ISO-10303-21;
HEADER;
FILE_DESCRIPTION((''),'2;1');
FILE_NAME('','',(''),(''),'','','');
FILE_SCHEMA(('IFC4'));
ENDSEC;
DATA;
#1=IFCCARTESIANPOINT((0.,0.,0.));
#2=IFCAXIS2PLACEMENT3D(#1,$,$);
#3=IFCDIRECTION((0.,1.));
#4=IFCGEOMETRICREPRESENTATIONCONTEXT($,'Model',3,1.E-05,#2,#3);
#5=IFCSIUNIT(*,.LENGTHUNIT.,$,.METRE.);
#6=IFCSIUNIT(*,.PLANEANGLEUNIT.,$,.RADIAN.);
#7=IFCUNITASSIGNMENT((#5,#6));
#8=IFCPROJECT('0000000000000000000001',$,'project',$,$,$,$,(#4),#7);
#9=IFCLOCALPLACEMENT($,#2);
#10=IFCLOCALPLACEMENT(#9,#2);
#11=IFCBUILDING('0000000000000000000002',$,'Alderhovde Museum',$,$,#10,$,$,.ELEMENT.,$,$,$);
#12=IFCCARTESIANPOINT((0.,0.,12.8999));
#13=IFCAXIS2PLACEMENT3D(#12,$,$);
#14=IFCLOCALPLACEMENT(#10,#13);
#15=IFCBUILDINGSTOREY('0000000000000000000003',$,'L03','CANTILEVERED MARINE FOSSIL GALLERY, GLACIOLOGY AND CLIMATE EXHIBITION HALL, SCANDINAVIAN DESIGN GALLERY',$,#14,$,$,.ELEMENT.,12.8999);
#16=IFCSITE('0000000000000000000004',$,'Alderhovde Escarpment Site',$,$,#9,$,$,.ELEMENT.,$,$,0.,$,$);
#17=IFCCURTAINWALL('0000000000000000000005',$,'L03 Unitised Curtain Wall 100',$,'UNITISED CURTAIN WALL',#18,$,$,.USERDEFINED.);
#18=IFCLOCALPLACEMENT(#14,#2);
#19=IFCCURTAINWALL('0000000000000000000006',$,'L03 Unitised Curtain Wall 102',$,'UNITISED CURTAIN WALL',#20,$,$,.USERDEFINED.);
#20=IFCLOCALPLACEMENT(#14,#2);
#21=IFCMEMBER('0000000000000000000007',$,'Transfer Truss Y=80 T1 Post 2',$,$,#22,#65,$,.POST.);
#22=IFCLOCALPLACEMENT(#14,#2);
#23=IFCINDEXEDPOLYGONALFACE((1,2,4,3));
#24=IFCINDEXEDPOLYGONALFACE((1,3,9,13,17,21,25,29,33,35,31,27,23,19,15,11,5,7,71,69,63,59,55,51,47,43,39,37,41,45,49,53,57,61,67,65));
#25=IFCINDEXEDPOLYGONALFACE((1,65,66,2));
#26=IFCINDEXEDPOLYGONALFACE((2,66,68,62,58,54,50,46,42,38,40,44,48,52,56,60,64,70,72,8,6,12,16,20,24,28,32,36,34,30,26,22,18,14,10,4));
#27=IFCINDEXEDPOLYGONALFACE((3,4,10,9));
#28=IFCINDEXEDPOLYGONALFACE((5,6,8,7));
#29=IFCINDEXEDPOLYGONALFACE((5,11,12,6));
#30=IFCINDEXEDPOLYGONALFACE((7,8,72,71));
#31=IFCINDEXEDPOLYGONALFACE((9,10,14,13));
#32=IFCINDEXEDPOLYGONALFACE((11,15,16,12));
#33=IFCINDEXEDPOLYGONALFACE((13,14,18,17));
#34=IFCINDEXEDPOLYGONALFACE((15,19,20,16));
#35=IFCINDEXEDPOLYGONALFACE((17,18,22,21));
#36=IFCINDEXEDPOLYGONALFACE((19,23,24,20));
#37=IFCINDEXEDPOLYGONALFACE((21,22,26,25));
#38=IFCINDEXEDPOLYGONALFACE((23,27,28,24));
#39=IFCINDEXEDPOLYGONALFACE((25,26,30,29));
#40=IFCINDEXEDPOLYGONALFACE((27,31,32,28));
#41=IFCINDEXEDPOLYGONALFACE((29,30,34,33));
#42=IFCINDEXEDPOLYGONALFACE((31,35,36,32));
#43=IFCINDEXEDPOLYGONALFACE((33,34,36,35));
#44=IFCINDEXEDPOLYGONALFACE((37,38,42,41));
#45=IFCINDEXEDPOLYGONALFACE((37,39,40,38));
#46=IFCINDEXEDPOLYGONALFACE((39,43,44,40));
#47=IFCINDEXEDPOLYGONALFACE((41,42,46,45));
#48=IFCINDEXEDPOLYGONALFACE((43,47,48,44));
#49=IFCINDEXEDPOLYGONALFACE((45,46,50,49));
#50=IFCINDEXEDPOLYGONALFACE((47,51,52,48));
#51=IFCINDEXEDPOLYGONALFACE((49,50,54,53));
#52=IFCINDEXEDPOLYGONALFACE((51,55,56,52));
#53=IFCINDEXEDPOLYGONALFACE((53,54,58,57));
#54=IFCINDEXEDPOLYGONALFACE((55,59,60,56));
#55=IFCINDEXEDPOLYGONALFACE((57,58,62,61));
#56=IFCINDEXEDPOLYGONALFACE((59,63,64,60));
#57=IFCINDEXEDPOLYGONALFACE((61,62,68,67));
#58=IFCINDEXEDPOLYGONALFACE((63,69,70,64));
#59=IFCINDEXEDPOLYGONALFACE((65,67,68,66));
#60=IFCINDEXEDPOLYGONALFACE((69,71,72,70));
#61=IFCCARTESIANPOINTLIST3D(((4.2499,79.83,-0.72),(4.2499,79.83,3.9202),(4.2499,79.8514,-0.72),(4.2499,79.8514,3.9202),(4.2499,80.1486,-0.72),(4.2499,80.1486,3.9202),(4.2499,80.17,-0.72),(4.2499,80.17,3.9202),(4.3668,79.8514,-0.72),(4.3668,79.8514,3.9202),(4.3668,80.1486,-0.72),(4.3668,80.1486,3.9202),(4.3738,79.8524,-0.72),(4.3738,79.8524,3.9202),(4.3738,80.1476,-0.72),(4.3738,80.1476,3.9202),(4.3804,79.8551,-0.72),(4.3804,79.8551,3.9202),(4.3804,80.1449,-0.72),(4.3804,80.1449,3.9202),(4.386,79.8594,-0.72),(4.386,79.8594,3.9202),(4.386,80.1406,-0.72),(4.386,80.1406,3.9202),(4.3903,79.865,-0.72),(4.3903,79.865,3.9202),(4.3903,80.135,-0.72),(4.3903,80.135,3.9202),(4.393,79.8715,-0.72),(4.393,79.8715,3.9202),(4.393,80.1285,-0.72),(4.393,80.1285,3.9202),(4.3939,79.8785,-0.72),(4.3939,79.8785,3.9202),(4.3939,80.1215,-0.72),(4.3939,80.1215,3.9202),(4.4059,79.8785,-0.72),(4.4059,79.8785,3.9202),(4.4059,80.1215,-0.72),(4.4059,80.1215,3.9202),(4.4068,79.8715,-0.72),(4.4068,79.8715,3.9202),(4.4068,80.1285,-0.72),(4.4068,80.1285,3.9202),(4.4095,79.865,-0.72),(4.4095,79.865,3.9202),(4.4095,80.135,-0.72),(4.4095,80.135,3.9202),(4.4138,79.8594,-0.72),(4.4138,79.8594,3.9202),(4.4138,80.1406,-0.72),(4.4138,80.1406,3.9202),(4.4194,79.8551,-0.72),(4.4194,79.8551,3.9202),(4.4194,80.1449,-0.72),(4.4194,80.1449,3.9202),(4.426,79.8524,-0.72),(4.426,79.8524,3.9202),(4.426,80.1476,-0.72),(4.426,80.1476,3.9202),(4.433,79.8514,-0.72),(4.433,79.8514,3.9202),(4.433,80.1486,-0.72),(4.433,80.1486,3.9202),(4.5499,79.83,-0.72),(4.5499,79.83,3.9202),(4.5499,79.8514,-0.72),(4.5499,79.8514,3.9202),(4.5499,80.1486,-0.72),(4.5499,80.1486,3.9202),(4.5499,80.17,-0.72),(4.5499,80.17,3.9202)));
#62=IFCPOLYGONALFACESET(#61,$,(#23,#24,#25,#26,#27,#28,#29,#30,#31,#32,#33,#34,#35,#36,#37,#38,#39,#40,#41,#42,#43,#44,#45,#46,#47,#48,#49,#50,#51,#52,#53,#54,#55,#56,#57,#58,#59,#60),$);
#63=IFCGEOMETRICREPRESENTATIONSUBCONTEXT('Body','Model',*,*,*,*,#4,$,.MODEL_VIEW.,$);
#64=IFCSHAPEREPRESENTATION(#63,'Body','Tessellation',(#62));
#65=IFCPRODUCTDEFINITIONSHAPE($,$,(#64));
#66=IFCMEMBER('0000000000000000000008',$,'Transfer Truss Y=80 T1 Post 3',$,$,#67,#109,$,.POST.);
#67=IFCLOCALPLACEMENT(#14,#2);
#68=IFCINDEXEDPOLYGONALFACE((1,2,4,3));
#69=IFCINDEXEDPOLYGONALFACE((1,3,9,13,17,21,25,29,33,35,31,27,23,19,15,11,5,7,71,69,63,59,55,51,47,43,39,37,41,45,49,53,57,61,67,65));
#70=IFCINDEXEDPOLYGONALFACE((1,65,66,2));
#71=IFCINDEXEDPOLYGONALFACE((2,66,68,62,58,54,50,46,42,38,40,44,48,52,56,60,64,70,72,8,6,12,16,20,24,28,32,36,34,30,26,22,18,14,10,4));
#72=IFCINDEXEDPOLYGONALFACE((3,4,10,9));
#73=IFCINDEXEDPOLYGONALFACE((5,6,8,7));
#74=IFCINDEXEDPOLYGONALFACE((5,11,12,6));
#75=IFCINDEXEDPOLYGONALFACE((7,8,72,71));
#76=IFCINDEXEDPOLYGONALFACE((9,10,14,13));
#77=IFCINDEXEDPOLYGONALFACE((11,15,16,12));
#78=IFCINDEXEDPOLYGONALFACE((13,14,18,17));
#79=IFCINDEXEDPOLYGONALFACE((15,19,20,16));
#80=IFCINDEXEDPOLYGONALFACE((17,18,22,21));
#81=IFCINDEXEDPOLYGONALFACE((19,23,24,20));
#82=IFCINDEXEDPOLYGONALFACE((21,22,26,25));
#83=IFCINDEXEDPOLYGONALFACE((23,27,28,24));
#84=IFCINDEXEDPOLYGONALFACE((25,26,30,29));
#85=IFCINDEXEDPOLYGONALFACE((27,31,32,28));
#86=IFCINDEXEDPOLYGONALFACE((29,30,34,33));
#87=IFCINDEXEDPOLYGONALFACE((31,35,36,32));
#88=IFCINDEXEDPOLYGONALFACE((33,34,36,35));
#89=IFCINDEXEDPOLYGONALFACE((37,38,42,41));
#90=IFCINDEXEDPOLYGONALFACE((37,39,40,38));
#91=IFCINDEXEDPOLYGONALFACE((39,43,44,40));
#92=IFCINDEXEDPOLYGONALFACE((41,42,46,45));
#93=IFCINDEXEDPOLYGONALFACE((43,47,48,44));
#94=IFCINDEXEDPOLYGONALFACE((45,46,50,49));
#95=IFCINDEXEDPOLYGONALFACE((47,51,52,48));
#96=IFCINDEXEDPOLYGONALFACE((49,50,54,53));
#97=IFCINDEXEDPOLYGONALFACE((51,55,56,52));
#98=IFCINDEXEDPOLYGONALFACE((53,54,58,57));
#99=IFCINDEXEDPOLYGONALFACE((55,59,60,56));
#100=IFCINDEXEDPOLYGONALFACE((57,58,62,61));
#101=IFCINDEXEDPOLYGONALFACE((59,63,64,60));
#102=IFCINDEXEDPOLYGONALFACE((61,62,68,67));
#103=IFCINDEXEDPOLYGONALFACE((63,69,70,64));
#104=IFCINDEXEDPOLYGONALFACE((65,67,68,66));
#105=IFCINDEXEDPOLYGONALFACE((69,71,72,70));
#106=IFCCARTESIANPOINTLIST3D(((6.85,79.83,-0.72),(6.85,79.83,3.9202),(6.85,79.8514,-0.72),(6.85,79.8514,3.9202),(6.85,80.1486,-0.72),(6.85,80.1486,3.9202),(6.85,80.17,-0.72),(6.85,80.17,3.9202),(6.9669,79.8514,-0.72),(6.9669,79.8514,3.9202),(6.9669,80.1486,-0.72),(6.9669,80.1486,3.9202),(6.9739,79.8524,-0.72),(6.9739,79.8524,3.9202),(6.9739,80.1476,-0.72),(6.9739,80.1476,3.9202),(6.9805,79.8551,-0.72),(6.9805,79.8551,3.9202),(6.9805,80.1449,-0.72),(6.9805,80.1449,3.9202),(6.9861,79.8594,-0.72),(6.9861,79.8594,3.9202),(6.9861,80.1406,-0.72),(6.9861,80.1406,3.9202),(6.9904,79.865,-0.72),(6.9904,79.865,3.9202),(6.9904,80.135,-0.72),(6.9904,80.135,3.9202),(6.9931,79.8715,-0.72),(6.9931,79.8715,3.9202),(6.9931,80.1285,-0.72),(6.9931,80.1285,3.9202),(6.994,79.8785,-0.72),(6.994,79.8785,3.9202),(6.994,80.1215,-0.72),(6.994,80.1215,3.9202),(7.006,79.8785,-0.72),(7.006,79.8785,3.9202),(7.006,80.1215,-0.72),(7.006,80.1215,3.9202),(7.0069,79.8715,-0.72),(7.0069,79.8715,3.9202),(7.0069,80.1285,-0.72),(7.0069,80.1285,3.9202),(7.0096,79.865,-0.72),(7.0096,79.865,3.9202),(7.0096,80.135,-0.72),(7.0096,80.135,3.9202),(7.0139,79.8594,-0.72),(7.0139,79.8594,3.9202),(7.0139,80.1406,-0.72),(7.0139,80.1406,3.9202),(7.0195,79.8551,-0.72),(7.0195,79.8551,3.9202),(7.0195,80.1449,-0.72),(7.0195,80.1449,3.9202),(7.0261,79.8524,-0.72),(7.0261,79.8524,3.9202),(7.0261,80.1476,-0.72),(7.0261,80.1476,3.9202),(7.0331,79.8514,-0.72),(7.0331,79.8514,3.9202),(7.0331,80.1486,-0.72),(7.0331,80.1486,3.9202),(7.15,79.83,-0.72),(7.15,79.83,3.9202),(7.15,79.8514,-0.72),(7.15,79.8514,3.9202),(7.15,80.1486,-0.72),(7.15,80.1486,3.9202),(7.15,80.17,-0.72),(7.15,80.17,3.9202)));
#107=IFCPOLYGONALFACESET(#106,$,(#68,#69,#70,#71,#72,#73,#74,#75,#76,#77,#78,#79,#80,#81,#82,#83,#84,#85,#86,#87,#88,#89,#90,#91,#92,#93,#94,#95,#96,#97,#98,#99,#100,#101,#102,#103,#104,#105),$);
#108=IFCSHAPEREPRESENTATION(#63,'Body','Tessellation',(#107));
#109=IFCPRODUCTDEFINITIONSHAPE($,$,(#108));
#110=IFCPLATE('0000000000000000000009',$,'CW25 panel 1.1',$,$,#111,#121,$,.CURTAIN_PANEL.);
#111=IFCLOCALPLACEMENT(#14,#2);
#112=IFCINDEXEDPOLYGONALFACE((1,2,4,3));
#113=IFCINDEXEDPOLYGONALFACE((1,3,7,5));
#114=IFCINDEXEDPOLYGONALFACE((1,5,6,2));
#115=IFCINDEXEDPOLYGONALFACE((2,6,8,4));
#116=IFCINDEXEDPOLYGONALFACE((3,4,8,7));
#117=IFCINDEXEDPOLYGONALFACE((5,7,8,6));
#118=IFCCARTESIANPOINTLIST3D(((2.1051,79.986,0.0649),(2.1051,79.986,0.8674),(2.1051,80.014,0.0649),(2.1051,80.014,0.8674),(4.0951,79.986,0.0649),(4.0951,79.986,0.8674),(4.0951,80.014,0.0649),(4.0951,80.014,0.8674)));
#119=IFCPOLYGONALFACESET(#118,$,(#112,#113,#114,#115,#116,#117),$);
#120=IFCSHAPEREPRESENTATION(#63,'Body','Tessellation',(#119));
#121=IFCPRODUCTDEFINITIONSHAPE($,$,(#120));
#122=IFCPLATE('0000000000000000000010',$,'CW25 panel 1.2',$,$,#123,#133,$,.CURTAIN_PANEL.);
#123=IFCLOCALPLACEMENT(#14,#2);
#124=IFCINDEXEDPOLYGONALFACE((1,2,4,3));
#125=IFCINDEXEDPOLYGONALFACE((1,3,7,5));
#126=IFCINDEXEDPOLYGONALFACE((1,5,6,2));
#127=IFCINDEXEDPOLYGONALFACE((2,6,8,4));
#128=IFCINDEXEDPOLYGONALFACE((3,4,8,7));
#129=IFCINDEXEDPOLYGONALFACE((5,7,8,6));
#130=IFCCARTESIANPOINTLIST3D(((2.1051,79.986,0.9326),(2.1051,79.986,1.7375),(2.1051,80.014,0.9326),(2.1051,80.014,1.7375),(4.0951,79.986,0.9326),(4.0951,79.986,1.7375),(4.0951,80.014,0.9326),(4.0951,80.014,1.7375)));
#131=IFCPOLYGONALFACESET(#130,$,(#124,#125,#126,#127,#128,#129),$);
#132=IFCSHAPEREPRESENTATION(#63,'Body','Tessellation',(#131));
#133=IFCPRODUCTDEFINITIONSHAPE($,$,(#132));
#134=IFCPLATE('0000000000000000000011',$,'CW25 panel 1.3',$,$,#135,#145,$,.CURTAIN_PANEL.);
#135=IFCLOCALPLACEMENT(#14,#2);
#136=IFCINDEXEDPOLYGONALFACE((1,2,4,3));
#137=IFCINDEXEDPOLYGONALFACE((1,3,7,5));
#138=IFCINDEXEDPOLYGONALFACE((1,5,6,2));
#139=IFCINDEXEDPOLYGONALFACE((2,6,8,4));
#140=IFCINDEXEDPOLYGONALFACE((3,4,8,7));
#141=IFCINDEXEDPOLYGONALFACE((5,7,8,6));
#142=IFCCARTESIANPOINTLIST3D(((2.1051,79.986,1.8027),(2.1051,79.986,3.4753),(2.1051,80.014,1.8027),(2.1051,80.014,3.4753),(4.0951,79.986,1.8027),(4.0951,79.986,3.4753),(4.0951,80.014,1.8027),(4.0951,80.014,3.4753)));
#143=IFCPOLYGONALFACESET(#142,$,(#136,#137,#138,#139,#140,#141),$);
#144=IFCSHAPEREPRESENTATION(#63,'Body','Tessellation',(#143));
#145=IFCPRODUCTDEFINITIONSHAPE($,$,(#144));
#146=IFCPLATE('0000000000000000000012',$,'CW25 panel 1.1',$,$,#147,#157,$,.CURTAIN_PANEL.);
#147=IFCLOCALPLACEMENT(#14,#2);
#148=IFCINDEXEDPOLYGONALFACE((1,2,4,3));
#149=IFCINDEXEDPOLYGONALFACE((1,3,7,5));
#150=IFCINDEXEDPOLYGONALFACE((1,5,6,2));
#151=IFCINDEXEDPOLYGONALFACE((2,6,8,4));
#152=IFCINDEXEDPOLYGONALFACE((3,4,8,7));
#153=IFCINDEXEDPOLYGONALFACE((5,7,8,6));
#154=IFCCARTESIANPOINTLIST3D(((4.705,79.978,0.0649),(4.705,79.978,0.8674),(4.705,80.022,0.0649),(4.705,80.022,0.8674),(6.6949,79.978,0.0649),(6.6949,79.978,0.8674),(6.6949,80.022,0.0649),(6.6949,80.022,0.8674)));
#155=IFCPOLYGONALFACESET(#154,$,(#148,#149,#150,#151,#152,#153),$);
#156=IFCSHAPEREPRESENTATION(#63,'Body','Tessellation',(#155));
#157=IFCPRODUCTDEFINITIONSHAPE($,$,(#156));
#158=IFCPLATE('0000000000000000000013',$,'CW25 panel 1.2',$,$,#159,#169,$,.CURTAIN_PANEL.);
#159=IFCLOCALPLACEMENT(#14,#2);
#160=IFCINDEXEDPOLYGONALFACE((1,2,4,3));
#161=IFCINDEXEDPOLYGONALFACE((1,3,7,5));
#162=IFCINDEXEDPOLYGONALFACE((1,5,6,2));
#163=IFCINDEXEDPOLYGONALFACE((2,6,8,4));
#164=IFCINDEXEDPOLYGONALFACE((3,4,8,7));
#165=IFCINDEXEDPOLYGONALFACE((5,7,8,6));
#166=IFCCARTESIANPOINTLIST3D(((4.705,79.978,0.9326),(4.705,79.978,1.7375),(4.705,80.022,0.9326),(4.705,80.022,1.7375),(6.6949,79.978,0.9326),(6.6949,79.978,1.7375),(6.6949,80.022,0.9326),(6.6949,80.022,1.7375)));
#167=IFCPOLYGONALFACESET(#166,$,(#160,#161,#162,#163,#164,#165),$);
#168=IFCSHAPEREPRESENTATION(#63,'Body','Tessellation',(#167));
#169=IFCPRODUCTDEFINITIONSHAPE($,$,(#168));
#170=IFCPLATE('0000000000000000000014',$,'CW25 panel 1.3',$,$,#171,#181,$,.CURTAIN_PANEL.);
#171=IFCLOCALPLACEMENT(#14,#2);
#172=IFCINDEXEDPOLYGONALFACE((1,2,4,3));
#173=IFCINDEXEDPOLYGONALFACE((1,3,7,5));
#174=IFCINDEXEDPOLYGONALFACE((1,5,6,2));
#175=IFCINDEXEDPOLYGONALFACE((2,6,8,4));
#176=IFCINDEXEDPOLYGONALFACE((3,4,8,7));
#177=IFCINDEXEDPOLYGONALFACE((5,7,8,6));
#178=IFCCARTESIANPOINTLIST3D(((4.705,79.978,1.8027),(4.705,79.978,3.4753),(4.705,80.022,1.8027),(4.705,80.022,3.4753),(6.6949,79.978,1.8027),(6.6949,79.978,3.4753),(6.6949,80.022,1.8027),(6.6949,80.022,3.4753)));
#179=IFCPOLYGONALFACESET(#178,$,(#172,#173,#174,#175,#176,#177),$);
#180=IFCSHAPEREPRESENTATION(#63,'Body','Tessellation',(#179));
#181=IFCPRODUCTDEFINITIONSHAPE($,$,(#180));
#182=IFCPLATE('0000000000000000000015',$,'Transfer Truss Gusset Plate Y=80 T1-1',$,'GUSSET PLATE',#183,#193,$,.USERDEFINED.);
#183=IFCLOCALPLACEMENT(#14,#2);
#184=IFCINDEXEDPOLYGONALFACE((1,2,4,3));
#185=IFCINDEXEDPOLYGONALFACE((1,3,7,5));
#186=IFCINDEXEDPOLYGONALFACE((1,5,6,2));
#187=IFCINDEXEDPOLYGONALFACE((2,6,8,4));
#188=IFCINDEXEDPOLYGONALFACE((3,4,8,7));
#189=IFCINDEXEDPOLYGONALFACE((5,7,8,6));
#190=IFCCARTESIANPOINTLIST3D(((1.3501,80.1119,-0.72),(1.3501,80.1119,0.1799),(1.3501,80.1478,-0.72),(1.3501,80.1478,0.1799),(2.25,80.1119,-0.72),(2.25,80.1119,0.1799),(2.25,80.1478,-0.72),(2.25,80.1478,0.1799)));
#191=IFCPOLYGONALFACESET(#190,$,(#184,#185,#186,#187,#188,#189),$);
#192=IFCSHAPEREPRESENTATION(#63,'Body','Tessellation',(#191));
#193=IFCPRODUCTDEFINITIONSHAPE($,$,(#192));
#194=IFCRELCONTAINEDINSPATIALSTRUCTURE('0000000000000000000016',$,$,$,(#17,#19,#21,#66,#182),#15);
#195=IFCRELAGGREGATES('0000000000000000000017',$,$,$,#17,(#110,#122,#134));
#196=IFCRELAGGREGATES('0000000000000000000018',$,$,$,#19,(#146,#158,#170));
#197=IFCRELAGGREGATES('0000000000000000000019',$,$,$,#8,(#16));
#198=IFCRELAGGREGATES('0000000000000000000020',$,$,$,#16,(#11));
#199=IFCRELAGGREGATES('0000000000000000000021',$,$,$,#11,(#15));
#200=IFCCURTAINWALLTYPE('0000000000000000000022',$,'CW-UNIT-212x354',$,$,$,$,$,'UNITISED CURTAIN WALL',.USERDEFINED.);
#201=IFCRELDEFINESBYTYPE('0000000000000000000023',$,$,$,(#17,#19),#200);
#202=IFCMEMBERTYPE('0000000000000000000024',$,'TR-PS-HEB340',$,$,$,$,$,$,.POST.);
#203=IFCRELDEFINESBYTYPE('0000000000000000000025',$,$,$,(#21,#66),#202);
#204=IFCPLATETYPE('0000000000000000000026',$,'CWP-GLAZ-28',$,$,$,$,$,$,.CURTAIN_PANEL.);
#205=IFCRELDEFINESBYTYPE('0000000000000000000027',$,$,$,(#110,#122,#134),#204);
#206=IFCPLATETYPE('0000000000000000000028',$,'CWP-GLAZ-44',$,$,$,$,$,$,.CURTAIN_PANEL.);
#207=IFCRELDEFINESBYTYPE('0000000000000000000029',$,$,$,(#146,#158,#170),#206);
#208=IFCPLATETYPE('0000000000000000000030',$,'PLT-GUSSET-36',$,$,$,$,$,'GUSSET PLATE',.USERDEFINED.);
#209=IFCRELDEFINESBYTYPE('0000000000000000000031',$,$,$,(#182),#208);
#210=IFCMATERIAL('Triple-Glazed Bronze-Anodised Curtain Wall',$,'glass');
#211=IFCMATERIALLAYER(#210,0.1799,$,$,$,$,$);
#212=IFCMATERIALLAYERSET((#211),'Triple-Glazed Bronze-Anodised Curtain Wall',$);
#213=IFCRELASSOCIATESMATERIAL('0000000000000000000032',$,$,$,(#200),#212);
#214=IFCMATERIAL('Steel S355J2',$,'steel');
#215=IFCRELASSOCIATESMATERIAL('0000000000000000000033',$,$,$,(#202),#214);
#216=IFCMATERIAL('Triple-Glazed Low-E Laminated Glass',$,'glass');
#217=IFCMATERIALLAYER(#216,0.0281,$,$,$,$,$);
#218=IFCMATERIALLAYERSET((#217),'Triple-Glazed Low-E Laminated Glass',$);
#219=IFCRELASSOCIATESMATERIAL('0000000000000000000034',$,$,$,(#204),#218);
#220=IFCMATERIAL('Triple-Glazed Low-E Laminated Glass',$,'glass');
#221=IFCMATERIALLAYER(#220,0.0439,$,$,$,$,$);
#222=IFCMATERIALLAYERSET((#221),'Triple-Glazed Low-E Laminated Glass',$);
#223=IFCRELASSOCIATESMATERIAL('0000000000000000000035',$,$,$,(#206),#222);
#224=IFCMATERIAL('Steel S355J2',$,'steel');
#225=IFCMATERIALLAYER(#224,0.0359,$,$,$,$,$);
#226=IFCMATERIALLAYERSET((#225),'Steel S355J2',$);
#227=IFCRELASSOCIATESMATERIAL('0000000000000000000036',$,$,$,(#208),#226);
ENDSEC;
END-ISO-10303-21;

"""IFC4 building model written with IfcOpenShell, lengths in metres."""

from ifc_helpers import new_model, si_unit, direction, frame, origin, origin_2d, place, context, subcontext, project, spatial, rectangle, i_section, extrude, material, layer, layer_set, material_profile, profile_set, type_object, element, aggregate, save


model = new_model("IFC4")

# Units and contexts
model_context = context("Model", 3, precision=1e-05, world=origin(), true_north=direction((0.0, 1.0)))
body_context = subcontext(model_context, "Body", "Model", "MODEL_VIEW")
ifc_project = project(units=[si_unit("LENGTHUNIT", "METRE"), si_unit("PLANEANGLEUNIT", "RADIAN")], contexts=[model_context])

# Site, building, storey
site_placement = place(None, origin())
site = spatial("IfcSite", under=ifc_project, at=site_placement, Name="Alderhovde Escarpment Site", CompositionType="ELEMENT", RefElevation=0.0)
building_placement = place(site_placement, origin())
building = spatial("IfcBuilding", under=site, at=building_placement, Name="Alderhovde Museum", CompositionType="ELEMENT")
storey_placement = place(building_placement, frame((0.0, 0.0, 12.8999)))
storey = spatial("IfcBuildingStorey", under=building, at=storey_placement, Name="L03", Description="CANTILEVERED MARINE FOSSIL GALLERY, GLACIOLOGY AND CLIMATE EXHIBITION HALL, SCANDINAVIAN DESIGN GALLERY", CompositionType="ELEMENT", Elevation=12.8999)

# Curtain walls
ifc_material_1 = material(Name="Triple-Glazed Bronze-Anodised Curtain Wall", Category="glass")
ifc_layer_1 = layer(ifc_material_1, 0.1799)
ifc_layer_set_1 = layer_set([ifc_layer_1], Name="Triple-Glazed Bronze-Anodised Curtain Wall")
curtain_wall_type = type_object("IfcCurtainWallType", Name="CW-UNIT-212x354", ElementType="UNITISED CURTAIN WALL", PredefinedType="USERDEFINED", material=ifc_layer_set_1)
curtain_wall_1_placement = place(storey_placement, origin())
curtain_wall_1 = element("IfcCurtainWall", 1, at=curtain_wall_1_placement, inside=storey, type_object=curtain_wall_type, Name="L03 Unitised Curtain Wall 100", ObjectType="UNITISED CURTAIN WALL", PredefinedType="USERDEFINED")
curtain_wall_2_placement = place(storey_placement, origin())
curtain_wall_2 = element("IfcCurtainWall", 2, at=curtain_wall_2_placement, inside=storey, type_object=curtain_wall_type, Name="L03 Unitised Curtain Wall 102", ObjectType="UNITISED CURTAIN WALL", PredefinedType="USERDEFINED")

# Members
ifc_material_2 = material(Name="Steel S355J2", Category="steel")
ifc_material_profile_1 = material_profile(ifc_material_2, i_section(OverallWidth=0.3, OverallDepth=0.3401, WebThickness=0.012, FlangeThickness=0.0215, FilletRadius=0.0271, at=origin_2d()), Name="HEB 340")
ifc_profile_set_1 = profile_set([ifc_material_profile_1], Name="Steel S355J2")
member_type_1 = type_object("IfcMemberType", Name="TR-PS-HEB340", PredefinedType="POST", material=ifc_profile_set_1)
for number, where, z_axis, x_axis, name in (
    (3, (4.3999, 80.0, -0.72), (0.0, 0.0, 1.0), (1.0, 0.0, 0.0), "Transfer Truss Y=80 T1 Post 2"),
    (4, (7.0, 80.0, -0.72), (0.0, 0.0, 1.0), (1.0, 0.0, 0.0), "Transfer Truss Y=80 T1 Post 3"),
):
    element("IfcMember", number, at=place(storey_placement, frame(where, z_axis=z_axis, x_axis=x_axis)), inside=storey, type_object=member_type_1, Name=name, PredefinedType="POST", context=body_context, shape_type="SweptSolid", body=[
        extrude(i_section(OverallWidth=0.3, OverallDepth=0.3401, WebThickness=0.012, FlangeThickness=0.0215, FilletRadius=0.0271, at=origin_2d()), origin(), (0.0, 0.0, 1.0), 4.6401),
    ])

# Plates
ifc_material_3 = material(Name="Triple-Glazed Low-E Laminated Glass", Category="glass")
ifc_layer_2 = layer(ifc_material_3, 0.0281)
ifc_layer_set_2 = layer_set([ifc_layer_2], Name="Triple-Glazed Low-E Laminated Glass")
plate_type_1 = type_object("IfcPlateType", Name="CWP-GLAZ-28", PredefinedType="CURTAIN_PANEL", material=ifc_layer_set_2)
plate_1_placement = place(storey_placement, frame((3.1001, 80.0, 0.0649), z_axis=(0.0, 0.0, 1.0), x_axis=(1.0, 0.0, 0.0)))
plate_1 = element("IfcPlate", 5, at=plate_1_placement, type_object=plate_type_1, Name="CW25 panel 1.1", PredefinedType="CURTAIN_PANEL", context=body_context, shape_type="SweptSolid", body=[
    extrude(rectangle(XDim=1.99, YDim=0.0281, at=origin_2d()), origin(), (0.0, 0.0, 1.0), 0.8025),
])
plate_2_placement = place(storey_placement, frame((3.1001, 80.0, 0.9326), z_axis=(0.0, 0.0, 1.0), x_axis=(1.0, 0.0, 0.0)))
plate_2 = element("IfcPlate", 6, at=plate_2_placement, type_object=plate_type_1, Name="CW25 panel 1.2", PredefinedType="CURTAIN_PANEL", context=body_context, shape_type="SweptSolid", body=[
    extrude(rectangle(XDim=1.99, YDim=0.0281, at=origin_2d()), origin(), (0.0, 0.0, 1.0), 0.8049),
])
plate_3_placement = place(storey_placement, frame((3.1001, 80.0, 1.8027), z_axis=(0.0, 0.0, 1.0), x_axis=(1.0, 0.0, 0.0)))
plate_3 = element("IfcPlate", 7, at=plate_3_placement, type_object=plate_type_1, Name="CW25 panel 1.3", PredefinedType="CURTAIN_PANEL", context=body_context, shape_type="SweptSolid", body=[
    extrude(rectangle(XDim=1.99, YDim=0.0281, at=origin_2d()), origin(), (0.0, 0.0, 1.0), 1.6726),
])
aggregate(curtain_wall_1, [plate_1, plate_2, plate_3])
ifc_material_4 = material(Name="Triple-Glazed Low-E Laminated Glass", Category="glass")
ifc_layer_3 = layer(ifc_material_4, 0.0439)
ifc_layer_set_3 = layer_set([ifc_layer_3], Name="Triple-Glazed Low-E Laminated Glass")
plate_type_2 = type_object("IfcPlateType", Name="CWP-GLAZ-44", PredefinedType="CURTAIN_PANEL", material=ifc_layer_set_3)
plate_4_placement = place(storey_placement, frame((5.7, 80.0, 0.0649), z_axis=(0.0, 0.0, 1.0), x_axis=(1.0, 0.0, 0.0)))
plate_4 = element("IfcPlate", 8, at=plate_4_placement, type_object=plate_type_2, Name="CW25 panel 1.1", PredefinedType="CURTAIN_PANEL", context=body_context, shape_type="SweptSolid", body=[
    extrude(rectangle(XDim=1.99, YDim=0.0439, at=origin_2d()), origin(), (0.0, 0.0, 1.0), 0.8025),
])
plate_5_placement = place(storey_placement, frame((5.7, 80.0, 0.9326), z_axis=(0.0, 0.0, 1.0), x_axis=(1.0, 0.0, 0.0)))
plate_5 = element("IfcPlate", 9, at=plate_5_placement, type_object=plate_type_2, Name="CW25 panel 1.2", PredefinedType="CURTAIN_PANEL", context=body_context, shape_type="SweptSolid", body=[
    extrude(rectangle(XDim=1.99, YDim=0.0439, at=origin_2d()), origin(), (0.0, 0.0, 1.0), 0.8049),
])
plate_6_placement = place(storey_placement, frame((5.7, 80.0, 1.8027), z_axis=(0.0, 0.0, 1.0), x_axis=(1.0, 0.0, 0.0)))
plate_6 = element("IfcPlate", 10, at=plate_6_placement, type_object=plate_type_2, Name="CW25 panel 1.3", PredefinedType="CURTAIN_PANEL", context=body_context, shape_type="SweptSolid", body=[
    extrude(rectangle(XDim=1.99, YDim=0.0439, at=origin_2d()), origin(), (0.0, 0.0, 1.0), 1.6726),
])
aggregate(curtain_wall_2, [plate_4, plate_5, plate_6])

# Plate
ifc_material_5 = material(Name="Steel S355J2", Category="steel")
ifc_layer_4 = layer(ifc_material_5, 0.0359)
ifc_layer_set_4 = layer_set([ifc_layer_4], Name="Steel S355J2")
plate_type_3 = type_object("IfcPlateType", Name="PLT-GUSSET-36", ElementType="GUSSET PLATE", PredefinedType="USERDEFINED", material=ifc_layer_set_4)
for number, where, z_axis, x_axis, name in (
    (11, (1.8, 80.1299, -0.72), (0.0, 0.0, 1.0), (1.0, 0.0, 0.0), "Transfer Truss Gusset Plate Y=80 T1-1"),
):
    element("IfcPlate", number, at=place(storey_placement, frame(where, z_axis=z_axis, x_axis=x_axis)), inside=storey, type_object=plate_type_3, Name=name, ObjectType="GUSSET PLATE", PredefinedType="USERDEFINED", context=body_context, shape_type="SweptSolid", body=[
        extrude(rectangle(XDim=0.8999, YDim=0.0359, at=origin_2d()), origin(), (0.0, 0.0, 1.0), 0.8999),
    ])

save(model, "model.ifc")
